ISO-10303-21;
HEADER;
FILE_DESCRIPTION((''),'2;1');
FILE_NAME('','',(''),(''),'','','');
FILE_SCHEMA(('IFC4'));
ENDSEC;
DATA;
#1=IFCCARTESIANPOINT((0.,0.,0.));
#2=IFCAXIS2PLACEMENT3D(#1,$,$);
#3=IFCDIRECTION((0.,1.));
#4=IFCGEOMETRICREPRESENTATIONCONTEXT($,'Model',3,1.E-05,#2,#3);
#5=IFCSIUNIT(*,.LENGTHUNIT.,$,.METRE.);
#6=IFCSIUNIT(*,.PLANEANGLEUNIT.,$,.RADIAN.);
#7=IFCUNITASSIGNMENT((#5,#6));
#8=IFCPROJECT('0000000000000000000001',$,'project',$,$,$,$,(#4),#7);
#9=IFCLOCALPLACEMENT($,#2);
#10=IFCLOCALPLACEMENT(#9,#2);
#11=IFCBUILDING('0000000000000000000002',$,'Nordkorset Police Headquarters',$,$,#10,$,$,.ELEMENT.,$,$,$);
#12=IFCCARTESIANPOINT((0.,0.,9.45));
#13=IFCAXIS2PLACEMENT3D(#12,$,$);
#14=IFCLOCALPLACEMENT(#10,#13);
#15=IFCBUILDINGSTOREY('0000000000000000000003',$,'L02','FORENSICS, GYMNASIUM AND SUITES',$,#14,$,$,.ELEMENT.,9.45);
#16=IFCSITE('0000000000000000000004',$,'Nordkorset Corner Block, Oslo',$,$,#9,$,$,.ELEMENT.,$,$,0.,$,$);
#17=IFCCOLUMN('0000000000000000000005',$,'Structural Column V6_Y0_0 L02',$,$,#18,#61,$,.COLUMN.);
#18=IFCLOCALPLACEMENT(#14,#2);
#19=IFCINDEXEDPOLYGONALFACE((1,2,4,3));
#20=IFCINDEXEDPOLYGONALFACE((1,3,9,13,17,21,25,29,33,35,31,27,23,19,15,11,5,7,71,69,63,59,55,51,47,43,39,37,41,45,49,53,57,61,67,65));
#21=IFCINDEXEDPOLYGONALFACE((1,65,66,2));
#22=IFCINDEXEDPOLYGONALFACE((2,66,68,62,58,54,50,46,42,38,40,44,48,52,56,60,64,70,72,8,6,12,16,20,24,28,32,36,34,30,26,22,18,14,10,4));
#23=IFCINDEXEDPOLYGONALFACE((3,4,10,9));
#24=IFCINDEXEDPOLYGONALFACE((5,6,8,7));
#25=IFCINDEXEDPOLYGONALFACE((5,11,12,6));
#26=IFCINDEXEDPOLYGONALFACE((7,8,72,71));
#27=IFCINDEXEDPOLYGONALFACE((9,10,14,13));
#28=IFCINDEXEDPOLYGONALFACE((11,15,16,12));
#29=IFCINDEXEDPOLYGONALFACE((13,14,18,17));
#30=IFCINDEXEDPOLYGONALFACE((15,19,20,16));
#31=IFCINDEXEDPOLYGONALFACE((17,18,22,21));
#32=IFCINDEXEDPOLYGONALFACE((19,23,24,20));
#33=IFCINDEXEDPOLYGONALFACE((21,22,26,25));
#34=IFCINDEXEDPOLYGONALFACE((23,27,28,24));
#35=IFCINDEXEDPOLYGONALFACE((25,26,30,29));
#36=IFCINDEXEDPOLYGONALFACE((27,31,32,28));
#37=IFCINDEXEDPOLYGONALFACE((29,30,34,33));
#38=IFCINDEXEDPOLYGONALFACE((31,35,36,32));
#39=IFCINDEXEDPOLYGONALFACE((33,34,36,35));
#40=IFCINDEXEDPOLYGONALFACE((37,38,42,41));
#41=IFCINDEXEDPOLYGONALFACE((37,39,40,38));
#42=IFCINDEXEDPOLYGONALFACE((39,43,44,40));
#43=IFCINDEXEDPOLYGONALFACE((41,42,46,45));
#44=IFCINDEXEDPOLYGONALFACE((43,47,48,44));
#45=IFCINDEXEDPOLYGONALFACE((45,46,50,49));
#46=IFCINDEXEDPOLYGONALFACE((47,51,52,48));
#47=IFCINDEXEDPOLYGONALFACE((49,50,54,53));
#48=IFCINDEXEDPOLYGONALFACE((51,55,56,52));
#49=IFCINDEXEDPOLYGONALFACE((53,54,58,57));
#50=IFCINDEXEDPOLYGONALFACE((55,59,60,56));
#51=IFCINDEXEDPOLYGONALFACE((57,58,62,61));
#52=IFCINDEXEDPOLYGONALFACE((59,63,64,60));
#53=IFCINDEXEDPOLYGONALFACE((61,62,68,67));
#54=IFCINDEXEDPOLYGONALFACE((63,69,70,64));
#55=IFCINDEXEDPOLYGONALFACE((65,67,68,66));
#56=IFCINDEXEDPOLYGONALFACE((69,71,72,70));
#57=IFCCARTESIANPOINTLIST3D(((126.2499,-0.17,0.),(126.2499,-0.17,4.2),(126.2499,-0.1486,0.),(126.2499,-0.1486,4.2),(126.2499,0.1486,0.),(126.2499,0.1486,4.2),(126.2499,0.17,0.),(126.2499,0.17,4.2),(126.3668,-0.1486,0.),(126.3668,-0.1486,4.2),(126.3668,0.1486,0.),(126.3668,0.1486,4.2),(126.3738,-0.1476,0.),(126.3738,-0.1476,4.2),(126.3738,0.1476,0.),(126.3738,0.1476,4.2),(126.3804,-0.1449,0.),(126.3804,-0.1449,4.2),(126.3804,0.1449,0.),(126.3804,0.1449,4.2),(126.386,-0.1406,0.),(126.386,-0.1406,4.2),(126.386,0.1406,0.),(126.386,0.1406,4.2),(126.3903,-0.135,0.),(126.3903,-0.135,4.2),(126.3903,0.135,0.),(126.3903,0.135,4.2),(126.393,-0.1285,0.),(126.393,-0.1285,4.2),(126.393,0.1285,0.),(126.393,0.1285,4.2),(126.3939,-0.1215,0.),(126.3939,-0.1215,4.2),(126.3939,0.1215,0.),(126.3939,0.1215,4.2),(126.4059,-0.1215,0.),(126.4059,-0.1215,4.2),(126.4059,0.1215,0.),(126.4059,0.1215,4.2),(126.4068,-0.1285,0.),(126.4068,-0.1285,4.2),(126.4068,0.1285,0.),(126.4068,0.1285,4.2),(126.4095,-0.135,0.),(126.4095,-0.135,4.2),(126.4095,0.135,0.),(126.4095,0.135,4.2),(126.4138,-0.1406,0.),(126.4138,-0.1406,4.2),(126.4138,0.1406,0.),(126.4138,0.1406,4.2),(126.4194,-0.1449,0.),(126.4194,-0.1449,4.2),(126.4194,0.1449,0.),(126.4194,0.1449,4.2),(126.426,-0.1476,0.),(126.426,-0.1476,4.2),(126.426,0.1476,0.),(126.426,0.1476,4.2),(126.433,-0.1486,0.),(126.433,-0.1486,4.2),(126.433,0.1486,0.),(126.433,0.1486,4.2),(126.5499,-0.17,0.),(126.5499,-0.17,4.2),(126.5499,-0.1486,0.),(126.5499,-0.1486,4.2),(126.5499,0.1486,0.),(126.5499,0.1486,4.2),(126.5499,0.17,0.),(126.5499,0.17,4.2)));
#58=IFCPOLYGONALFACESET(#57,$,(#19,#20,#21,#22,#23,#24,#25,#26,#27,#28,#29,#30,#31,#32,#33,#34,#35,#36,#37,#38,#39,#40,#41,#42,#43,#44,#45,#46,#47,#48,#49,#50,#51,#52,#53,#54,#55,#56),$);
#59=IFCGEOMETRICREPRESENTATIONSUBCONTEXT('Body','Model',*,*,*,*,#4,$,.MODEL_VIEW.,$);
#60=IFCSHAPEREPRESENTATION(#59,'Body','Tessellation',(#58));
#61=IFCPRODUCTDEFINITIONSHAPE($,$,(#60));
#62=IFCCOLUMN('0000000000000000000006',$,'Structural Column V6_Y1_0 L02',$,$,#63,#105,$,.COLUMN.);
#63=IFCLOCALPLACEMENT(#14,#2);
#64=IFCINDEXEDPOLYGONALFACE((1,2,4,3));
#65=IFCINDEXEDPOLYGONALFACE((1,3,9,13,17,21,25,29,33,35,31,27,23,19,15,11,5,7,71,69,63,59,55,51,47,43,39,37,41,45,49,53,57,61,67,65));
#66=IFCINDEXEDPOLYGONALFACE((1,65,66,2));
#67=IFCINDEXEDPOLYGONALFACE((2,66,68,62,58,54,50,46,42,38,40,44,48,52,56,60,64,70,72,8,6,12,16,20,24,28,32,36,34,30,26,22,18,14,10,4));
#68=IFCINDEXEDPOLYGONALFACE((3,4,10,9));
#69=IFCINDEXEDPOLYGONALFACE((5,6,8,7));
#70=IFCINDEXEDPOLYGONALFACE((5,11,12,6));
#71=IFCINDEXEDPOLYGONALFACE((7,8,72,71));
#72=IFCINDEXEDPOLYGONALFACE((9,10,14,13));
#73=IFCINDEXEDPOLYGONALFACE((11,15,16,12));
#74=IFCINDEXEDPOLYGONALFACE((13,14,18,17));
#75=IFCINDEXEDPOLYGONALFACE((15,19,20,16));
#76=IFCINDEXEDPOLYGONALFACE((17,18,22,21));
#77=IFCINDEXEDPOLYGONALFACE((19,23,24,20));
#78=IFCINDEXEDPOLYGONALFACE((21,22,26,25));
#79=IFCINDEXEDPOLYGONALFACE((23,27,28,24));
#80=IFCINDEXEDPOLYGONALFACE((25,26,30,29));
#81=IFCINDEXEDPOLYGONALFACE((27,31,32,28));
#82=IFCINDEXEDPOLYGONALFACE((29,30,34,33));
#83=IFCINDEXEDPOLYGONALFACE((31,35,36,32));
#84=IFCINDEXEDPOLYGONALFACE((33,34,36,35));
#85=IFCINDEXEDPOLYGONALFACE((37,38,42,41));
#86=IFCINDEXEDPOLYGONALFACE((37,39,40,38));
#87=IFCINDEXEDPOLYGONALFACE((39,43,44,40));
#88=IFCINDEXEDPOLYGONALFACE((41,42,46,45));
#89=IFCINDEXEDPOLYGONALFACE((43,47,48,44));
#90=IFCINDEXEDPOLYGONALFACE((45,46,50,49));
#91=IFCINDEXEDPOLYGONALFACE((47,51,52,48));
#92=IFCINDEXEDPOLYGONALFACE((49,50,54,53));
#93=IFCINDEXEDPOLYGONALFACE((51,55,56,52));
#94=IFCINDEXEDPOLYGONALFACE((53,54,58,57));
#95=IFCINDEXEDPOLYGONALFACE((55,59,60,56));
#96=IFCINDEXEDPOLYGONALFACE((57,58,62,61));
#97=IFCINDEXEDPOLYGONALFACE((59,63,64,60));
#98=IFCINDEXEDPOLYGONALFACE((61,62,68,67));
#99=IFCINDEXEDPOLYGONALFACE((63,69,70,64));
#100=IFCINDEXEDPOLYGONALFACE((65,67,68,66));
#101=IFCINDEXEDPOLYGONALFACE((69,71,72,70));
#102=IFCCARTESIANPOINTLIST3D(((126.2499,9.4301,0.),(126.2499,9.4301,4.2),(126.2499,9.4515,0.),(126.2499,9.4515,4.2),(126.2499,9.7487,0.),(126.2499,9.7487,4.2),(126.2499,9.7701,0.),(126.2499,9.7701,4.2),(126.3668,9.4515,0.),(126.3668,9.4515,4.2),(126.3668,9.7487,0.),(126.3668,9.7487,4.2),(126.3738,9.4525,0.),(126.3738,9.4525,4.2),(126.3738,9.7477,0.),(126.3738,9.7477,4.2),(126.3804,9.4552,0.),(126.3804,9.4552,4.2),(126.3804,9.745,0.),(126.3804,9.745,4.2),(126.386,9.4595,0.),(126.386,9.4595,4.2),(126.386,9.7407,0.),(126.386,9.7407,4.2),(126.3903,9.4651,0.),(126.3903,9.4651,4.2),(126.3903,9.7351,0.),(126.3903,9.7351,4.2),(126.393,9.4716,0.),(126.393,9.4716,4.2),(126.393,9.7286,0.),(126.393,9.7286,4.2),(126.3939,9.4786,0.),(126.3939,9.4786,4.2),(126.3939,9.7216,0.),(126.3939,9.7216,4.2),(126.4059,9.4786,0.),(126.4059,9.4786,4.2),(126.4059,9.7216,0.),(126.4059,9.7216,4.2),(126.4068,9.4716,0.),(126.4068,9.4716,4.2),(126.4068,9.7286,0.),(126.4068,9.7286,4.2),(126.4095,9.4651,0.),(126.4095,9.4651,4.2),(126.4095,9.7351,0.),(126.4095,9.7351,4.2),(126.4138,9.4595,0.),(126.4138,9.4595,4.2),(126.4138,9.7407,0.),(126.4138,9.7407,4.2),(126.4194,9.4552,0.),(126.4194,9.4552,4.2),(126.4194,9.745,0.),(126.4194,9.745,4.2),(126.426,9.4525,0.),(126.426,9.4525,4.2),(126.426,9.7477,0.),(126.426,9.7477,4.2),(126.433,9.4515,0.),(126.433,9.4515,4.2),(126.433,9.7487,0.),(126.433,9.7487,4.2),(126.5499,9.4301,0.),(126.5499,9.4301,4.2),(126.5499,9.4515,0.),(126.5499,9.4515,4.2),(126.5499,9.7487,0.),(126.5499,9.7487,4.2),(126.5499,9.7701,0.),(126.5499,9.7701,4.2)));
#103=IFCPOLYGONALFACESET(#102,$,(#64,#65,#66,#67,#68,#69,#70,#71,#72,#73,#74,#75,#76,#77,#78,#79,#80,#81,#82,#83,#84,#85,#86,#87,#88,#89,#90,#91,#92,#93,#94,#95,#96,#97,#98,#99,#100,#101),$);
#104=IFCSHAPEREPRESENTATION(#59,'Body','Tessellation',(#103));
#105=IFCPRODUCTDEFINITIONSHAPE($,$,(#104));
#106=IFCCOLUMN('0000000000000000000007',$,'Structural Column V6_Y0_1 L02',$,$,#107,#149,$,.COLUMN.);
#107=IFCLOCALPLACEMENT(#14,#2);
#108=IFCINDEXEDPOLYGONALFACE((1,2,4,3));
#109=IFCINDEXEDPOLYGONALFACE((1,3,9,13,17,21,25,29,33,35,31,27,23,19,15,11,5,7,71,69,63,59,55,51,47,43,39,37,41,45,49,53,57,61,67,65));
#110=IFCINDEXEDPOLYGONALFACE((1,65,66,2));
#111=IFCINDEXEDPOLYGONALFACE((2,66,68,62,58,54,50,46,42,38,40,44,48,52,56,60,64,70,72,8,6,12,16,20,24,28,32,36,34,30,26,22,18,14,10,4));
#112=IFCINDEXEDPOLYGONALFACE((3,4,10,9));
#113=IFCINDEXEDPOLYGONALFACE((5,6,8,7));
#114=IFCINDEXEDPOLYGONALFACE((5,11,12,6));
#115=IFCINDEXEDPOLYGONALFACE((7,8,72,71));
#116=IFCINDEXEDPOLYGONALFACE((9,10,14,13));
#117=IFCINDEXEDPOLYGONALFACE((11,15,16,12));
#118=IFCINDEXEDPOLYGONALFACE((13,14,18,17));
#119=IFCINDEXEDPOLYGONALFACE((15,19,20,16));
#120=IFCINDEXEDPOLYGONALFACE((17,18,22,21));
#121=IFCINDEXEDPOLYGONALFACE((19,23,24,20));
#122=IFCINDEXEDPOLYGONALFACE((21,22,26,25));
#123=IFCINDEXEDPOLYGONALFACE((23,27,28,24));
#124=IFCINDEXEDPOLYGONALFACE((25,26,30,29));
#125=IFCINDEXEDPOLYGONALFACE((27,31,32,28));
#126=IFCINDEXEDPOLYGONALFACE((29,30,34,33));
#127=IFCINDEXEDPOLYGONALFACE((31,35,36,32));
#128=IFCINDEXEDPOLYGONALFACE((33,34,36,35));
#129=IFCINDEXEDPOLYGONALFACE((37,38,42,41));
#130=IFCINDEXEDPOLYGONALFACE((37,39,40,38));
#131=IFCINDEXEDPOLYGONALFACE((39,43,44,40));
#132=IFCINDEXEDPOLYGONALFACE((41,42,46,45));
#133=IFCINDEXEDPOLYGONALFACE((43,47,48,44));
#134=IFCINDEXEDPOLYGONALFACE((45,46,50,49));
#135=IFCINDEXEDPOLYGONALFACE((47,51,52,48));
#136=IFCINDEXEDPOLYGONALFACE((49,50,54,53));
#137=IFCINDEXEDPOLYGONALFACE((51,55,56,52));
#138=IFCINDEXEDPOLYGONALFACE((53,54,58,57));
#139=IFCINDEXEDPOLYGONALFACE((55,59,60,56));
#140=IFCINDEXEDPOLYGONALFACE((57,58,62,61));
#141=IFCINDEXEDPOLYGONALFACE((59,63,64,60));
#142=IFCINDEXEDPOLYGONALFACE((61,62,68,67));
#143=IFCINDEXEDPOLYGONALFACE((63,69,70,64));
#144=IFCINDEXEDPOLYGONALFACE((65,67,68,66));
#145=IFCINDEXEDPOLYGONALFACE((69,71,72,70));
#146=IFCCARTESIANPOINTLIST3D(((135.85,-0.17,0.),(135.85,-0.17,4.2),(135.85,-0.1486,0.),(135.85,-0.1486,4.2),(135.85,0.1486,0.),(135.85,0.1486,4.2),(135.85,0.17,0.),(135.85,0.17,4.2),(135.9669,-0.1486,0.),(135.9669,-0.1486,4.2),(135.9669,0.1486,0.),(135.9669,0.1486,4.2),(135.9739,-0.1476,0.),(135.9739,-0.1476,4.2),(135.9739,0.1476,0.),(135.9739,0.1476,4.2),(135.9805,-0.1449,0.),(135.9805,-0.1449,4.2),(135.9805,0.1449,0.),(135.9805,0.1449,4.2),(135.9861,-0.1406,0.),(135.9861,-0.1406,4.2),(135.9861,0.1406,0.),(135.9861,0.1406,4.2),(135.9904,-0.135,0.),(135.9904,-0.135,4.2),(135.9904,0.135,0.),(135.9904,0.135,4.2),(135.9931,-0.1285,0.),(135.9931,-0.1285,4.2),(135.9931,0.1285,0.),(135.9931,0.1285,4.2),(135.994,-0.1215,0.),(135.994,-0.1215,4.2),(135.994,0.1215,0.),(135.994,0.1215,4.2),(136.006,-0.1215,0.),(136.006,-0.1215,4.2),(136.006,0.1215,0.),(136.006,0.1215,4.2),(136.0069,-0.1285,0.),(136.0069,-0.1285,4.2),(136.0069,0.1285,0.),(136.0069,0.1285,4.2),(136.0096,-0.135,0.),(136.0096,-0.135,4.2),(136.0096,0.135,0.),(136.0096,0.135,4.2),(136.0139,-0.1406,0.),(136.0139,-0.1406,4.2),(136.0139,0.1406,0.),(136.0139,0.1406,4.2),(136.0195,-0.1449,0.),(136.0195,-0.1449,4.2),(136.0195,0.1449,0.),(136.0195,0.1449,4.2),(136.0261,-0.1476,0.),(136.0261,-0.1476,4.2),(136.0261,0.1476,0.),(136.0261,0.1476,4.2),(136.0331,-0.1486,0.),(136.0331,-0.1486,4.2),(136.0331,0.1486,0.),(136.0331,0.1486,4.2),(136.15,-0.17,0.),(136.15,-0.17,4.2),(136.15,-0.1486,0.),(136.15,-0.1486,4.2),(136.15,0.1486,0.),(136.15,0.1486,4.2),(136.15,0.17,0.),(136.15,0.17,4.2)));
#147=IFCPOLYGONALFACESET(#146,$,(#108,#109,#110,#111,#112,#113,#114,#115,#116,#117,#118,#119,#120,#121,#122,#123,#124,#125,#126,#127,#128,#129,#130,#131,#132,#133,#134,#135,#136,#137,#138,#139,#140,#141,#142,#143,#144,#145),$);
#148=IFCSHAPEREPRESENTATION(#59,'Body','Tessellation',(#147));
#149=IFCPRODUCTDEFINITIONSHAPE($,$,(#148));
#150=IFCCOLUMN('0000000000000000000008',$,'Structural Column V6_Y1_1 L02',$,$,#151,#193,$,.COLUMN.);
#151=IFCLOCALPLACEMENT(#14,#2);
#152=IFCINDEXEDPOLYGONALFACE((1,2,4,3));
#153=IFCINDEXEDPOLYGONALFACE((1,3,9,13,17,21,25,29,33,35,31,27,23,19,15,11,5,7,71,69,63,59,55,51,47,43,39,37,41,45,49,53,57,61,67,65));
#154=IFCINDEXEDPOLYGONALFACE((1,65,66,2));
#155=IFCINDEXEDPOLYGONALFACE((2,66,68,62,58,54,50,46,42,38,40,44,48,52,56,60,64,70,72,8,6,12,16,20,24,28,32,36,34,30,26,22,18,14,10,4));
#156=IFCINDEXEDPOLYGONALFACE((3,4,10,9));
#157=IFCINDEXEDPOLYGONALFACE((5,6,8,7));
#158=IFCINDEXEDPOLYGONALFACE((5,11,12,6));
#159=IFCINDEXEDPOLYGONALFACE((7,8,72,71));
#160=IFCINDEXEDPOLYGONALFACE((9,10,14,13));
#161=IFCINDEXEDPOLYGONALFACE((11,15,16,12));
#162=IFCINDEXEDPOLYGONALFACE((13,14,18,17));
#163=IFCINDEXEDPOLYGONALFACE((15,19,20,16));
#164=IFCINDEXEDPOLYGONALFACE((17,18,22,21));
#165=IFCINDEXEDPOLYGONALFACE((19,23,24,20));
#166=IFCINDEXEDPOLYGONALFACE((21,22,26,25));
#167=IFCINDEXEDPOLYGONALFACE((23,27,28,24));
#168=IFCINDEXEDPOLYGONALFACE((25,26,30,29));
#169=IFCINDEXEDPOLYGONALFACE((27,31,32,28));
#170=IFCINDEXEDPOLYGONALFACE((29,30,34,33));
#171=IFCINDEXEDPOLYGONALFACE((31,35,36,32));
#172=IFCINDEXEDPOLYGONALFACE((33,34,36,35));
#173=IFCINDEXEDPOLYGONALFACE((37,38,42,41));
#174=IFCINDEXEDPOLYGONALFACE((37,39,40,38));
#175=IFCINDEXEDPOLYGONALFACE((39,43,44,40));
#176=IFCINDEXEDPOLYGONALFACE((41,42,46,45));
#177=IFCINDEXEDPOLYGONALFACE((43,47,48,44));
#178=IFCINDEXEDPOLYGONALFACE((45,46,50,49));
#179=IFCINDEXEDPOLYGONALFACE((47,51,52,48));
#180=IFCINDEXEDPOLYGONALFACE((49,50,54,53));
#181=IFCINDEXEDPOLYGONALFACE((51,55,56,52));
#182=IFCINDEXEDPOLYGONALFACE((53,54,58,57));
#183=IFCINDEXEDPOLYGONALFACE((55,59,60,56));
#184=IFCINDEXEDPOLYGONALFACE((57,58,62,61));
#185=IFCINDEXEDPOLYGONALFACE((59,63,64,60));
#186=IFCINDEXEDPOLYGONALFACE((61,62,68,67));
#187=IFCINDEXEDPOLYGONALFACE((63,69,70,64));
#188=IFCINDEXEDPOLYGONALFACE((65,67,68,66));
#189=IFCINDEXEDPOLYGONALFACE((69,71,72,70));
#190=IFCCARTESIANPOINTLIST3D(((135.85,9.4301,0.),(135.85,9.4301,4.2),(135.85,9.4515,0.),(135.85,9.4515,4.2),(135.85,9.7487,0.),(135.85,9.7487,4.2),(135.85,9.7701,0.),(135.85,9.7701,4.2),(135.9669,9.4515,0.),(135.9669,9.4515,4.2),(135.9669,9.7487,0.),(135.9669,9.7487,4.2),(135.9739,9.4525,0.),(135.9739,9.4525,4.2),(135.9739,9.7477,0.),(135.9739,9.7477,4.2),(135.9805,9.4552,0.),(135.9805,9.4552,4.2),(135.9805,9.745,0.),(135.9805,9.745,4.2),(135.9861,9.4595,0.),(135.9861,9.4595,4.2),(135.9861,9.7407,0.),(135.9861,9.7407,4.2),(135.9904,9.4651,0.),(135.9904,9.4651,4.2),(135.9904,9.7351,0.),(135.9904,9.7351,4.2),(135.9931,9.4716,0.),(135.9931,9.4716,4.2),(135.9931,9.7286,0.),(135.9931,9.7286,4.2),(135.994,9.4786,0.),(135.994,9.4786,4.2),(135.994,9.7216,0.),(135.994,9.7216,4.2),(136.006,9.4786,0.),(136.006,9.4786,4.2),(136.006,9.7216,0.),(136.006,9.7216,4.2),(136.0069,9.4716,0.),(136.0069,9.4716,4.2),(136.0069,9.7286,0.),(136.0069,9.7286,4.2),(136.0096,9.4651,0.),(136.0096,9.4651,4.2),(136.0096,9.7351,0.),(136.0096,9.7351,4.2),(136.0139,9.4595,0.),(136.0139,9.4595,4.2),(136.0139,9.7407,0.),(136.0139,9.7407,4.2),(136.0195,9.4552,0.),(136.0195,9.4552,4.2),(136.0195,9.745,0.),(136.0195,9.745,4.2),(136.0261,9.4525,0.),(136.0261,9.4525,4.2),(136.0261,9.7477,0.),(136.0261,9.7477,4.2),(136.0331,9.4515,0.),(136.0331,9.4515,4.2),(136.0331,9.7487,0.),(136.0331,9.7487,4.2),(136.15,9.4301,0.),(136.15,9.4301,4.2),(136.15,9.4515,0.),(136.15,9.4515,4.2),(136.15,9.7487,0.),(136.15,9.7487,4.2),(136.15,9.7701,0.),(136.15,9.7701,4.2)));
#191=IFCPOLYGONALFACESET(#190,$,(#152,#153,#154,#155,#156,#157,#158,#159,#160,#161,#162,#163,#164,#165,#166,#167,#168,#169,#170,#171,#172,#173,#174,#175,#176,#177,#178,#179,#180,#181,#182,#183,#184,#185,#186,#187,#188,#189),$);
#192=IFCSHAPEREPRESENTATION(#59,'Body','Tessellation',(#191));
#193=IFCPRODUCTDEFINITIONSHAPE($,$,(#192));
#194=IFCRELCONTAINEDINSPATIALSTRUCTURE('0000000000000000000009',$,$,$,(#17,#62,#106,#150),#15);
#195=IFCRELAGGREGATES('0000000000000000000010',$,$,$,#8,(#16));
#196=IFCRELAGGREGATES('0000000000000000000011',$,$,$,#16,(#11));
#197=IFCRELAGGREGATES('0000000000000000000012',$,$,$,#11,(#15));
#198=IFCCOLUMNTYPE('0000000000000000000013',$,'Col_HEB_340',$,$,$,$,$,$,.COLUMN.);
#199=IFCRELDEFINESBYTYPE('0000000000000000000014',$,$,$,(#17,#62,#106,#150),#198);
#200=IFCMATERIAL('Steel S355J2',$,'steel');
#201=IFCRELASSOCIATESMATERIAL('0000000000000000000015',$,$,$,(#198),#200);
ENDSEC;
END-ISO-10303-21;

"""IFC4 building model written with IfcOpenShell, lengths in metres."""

from ifc_helpers import new_model, si_unit, direction, frame, origin, origin_2d, place, context, subcontext, project, spatial, i_section, extrude, material, material_profile, profile_set, type_object, element, save


model = new_model("IFC4")

# Units and contexts
model_context = context("Model", 3, precision=1e-05, world=origin(), true_north=direction((0.0, 1.0)))
body_context = subcontext(model_context, "Body", "Model", "MODEL_VIEW")
ifc_project = project(units=[si_unit("LENGTHUNIT", "METRE"), si_unit("PLANEANGLEUNIT", "RADIAN")], contexts=[model_context])

# Site, building, storey
site_placement = place(None, origin())
site = spatial("IfcSite", under=ifc_project, at=site_placement, Name="Nordkorset Corner Block, Oslo", CompositionType="ELEMENT", RefElevation=0.0)
building_placement = place(site_placement, origin())
building = spatial("IfcBuilding", under=site, at=building_placement, Name="Nordkorset Police Headquarters", CompositionType="ELEMENT")
storey_placement = place(building_placement, frame((0.0, 0.0, 9.45)))
storey = spatial("IfcBuildingStorey", under=building, at=storey_placement, Name="L02", Description="FORENSICS, GYMNASIUM AND SUITES", CompositionType="ELEMENT", Elevation=9.45)

# Columns
ifc_material_1 = material(Name="Steel S355J2", Category="steel")
ifc_material_profile_1 = material_profile(ifc_material_1, i_section(OverallWidth=0.3, OverallDepth=0.3401, WebThickness=0.012, FlangeThickness=0.0215, FilletRadius=0.0271, at=origin_2d()), Name="HEB 340")
ifc_profile_set_1 = profile_set([ifc_material_profile_1], Name="Steel S355J2")
column_type = type_object("IfcColumnType", Name="Col_HEB_340", PredefinedType="COLUMN", material=ifc_profile_set_1)
for number, where, z_axis, x_axis, name in (
    (1, (126.3999, 0.0, 0.0), (0.0, 0.0, 1.0), (1.0, 0.0, 0.0), "Structural Column V6_Y0_0 L02"),
    (2, (126.3999, 9.6001, 0.0), (0.0, 0.0, 1.0), (1.0, 0.0, 0.0), "Structural Column V6_Y1_0 L02"),
    (3, (136.0, 0.0, 0.0), (0.0, 0.0, 1.0), (1.0, 0.0, 0.0), "Structural Column V6_Y0_1 L02"),
    (4, (136.0, 9.6001, 0.0), (0.0, 0.0, 1.0), (1.0, 0.0, 0.0), "Structural Column V6_Y1_1 L02"),
):
    element("IfcColumn", number, at=place(storey_placement, frame(where, z_axis=z_axis, x_axis=x_axis)), inside=storey, type_object=column_type, Name=name, PredefinedType="COLUMN", context=body_context, shape_type="SweptSolid", body=[
        extrude(i_section(OverallWidth=0.3, OverallDepth=0.3401, WebThickness=0.012, FlangeThickness=0.0215, FilletRadius=0.0271, at=origin_2d()), origin(), (0.0, 0.0, 1.0), 4.2),
    ])

save(model, "model.ifc")
